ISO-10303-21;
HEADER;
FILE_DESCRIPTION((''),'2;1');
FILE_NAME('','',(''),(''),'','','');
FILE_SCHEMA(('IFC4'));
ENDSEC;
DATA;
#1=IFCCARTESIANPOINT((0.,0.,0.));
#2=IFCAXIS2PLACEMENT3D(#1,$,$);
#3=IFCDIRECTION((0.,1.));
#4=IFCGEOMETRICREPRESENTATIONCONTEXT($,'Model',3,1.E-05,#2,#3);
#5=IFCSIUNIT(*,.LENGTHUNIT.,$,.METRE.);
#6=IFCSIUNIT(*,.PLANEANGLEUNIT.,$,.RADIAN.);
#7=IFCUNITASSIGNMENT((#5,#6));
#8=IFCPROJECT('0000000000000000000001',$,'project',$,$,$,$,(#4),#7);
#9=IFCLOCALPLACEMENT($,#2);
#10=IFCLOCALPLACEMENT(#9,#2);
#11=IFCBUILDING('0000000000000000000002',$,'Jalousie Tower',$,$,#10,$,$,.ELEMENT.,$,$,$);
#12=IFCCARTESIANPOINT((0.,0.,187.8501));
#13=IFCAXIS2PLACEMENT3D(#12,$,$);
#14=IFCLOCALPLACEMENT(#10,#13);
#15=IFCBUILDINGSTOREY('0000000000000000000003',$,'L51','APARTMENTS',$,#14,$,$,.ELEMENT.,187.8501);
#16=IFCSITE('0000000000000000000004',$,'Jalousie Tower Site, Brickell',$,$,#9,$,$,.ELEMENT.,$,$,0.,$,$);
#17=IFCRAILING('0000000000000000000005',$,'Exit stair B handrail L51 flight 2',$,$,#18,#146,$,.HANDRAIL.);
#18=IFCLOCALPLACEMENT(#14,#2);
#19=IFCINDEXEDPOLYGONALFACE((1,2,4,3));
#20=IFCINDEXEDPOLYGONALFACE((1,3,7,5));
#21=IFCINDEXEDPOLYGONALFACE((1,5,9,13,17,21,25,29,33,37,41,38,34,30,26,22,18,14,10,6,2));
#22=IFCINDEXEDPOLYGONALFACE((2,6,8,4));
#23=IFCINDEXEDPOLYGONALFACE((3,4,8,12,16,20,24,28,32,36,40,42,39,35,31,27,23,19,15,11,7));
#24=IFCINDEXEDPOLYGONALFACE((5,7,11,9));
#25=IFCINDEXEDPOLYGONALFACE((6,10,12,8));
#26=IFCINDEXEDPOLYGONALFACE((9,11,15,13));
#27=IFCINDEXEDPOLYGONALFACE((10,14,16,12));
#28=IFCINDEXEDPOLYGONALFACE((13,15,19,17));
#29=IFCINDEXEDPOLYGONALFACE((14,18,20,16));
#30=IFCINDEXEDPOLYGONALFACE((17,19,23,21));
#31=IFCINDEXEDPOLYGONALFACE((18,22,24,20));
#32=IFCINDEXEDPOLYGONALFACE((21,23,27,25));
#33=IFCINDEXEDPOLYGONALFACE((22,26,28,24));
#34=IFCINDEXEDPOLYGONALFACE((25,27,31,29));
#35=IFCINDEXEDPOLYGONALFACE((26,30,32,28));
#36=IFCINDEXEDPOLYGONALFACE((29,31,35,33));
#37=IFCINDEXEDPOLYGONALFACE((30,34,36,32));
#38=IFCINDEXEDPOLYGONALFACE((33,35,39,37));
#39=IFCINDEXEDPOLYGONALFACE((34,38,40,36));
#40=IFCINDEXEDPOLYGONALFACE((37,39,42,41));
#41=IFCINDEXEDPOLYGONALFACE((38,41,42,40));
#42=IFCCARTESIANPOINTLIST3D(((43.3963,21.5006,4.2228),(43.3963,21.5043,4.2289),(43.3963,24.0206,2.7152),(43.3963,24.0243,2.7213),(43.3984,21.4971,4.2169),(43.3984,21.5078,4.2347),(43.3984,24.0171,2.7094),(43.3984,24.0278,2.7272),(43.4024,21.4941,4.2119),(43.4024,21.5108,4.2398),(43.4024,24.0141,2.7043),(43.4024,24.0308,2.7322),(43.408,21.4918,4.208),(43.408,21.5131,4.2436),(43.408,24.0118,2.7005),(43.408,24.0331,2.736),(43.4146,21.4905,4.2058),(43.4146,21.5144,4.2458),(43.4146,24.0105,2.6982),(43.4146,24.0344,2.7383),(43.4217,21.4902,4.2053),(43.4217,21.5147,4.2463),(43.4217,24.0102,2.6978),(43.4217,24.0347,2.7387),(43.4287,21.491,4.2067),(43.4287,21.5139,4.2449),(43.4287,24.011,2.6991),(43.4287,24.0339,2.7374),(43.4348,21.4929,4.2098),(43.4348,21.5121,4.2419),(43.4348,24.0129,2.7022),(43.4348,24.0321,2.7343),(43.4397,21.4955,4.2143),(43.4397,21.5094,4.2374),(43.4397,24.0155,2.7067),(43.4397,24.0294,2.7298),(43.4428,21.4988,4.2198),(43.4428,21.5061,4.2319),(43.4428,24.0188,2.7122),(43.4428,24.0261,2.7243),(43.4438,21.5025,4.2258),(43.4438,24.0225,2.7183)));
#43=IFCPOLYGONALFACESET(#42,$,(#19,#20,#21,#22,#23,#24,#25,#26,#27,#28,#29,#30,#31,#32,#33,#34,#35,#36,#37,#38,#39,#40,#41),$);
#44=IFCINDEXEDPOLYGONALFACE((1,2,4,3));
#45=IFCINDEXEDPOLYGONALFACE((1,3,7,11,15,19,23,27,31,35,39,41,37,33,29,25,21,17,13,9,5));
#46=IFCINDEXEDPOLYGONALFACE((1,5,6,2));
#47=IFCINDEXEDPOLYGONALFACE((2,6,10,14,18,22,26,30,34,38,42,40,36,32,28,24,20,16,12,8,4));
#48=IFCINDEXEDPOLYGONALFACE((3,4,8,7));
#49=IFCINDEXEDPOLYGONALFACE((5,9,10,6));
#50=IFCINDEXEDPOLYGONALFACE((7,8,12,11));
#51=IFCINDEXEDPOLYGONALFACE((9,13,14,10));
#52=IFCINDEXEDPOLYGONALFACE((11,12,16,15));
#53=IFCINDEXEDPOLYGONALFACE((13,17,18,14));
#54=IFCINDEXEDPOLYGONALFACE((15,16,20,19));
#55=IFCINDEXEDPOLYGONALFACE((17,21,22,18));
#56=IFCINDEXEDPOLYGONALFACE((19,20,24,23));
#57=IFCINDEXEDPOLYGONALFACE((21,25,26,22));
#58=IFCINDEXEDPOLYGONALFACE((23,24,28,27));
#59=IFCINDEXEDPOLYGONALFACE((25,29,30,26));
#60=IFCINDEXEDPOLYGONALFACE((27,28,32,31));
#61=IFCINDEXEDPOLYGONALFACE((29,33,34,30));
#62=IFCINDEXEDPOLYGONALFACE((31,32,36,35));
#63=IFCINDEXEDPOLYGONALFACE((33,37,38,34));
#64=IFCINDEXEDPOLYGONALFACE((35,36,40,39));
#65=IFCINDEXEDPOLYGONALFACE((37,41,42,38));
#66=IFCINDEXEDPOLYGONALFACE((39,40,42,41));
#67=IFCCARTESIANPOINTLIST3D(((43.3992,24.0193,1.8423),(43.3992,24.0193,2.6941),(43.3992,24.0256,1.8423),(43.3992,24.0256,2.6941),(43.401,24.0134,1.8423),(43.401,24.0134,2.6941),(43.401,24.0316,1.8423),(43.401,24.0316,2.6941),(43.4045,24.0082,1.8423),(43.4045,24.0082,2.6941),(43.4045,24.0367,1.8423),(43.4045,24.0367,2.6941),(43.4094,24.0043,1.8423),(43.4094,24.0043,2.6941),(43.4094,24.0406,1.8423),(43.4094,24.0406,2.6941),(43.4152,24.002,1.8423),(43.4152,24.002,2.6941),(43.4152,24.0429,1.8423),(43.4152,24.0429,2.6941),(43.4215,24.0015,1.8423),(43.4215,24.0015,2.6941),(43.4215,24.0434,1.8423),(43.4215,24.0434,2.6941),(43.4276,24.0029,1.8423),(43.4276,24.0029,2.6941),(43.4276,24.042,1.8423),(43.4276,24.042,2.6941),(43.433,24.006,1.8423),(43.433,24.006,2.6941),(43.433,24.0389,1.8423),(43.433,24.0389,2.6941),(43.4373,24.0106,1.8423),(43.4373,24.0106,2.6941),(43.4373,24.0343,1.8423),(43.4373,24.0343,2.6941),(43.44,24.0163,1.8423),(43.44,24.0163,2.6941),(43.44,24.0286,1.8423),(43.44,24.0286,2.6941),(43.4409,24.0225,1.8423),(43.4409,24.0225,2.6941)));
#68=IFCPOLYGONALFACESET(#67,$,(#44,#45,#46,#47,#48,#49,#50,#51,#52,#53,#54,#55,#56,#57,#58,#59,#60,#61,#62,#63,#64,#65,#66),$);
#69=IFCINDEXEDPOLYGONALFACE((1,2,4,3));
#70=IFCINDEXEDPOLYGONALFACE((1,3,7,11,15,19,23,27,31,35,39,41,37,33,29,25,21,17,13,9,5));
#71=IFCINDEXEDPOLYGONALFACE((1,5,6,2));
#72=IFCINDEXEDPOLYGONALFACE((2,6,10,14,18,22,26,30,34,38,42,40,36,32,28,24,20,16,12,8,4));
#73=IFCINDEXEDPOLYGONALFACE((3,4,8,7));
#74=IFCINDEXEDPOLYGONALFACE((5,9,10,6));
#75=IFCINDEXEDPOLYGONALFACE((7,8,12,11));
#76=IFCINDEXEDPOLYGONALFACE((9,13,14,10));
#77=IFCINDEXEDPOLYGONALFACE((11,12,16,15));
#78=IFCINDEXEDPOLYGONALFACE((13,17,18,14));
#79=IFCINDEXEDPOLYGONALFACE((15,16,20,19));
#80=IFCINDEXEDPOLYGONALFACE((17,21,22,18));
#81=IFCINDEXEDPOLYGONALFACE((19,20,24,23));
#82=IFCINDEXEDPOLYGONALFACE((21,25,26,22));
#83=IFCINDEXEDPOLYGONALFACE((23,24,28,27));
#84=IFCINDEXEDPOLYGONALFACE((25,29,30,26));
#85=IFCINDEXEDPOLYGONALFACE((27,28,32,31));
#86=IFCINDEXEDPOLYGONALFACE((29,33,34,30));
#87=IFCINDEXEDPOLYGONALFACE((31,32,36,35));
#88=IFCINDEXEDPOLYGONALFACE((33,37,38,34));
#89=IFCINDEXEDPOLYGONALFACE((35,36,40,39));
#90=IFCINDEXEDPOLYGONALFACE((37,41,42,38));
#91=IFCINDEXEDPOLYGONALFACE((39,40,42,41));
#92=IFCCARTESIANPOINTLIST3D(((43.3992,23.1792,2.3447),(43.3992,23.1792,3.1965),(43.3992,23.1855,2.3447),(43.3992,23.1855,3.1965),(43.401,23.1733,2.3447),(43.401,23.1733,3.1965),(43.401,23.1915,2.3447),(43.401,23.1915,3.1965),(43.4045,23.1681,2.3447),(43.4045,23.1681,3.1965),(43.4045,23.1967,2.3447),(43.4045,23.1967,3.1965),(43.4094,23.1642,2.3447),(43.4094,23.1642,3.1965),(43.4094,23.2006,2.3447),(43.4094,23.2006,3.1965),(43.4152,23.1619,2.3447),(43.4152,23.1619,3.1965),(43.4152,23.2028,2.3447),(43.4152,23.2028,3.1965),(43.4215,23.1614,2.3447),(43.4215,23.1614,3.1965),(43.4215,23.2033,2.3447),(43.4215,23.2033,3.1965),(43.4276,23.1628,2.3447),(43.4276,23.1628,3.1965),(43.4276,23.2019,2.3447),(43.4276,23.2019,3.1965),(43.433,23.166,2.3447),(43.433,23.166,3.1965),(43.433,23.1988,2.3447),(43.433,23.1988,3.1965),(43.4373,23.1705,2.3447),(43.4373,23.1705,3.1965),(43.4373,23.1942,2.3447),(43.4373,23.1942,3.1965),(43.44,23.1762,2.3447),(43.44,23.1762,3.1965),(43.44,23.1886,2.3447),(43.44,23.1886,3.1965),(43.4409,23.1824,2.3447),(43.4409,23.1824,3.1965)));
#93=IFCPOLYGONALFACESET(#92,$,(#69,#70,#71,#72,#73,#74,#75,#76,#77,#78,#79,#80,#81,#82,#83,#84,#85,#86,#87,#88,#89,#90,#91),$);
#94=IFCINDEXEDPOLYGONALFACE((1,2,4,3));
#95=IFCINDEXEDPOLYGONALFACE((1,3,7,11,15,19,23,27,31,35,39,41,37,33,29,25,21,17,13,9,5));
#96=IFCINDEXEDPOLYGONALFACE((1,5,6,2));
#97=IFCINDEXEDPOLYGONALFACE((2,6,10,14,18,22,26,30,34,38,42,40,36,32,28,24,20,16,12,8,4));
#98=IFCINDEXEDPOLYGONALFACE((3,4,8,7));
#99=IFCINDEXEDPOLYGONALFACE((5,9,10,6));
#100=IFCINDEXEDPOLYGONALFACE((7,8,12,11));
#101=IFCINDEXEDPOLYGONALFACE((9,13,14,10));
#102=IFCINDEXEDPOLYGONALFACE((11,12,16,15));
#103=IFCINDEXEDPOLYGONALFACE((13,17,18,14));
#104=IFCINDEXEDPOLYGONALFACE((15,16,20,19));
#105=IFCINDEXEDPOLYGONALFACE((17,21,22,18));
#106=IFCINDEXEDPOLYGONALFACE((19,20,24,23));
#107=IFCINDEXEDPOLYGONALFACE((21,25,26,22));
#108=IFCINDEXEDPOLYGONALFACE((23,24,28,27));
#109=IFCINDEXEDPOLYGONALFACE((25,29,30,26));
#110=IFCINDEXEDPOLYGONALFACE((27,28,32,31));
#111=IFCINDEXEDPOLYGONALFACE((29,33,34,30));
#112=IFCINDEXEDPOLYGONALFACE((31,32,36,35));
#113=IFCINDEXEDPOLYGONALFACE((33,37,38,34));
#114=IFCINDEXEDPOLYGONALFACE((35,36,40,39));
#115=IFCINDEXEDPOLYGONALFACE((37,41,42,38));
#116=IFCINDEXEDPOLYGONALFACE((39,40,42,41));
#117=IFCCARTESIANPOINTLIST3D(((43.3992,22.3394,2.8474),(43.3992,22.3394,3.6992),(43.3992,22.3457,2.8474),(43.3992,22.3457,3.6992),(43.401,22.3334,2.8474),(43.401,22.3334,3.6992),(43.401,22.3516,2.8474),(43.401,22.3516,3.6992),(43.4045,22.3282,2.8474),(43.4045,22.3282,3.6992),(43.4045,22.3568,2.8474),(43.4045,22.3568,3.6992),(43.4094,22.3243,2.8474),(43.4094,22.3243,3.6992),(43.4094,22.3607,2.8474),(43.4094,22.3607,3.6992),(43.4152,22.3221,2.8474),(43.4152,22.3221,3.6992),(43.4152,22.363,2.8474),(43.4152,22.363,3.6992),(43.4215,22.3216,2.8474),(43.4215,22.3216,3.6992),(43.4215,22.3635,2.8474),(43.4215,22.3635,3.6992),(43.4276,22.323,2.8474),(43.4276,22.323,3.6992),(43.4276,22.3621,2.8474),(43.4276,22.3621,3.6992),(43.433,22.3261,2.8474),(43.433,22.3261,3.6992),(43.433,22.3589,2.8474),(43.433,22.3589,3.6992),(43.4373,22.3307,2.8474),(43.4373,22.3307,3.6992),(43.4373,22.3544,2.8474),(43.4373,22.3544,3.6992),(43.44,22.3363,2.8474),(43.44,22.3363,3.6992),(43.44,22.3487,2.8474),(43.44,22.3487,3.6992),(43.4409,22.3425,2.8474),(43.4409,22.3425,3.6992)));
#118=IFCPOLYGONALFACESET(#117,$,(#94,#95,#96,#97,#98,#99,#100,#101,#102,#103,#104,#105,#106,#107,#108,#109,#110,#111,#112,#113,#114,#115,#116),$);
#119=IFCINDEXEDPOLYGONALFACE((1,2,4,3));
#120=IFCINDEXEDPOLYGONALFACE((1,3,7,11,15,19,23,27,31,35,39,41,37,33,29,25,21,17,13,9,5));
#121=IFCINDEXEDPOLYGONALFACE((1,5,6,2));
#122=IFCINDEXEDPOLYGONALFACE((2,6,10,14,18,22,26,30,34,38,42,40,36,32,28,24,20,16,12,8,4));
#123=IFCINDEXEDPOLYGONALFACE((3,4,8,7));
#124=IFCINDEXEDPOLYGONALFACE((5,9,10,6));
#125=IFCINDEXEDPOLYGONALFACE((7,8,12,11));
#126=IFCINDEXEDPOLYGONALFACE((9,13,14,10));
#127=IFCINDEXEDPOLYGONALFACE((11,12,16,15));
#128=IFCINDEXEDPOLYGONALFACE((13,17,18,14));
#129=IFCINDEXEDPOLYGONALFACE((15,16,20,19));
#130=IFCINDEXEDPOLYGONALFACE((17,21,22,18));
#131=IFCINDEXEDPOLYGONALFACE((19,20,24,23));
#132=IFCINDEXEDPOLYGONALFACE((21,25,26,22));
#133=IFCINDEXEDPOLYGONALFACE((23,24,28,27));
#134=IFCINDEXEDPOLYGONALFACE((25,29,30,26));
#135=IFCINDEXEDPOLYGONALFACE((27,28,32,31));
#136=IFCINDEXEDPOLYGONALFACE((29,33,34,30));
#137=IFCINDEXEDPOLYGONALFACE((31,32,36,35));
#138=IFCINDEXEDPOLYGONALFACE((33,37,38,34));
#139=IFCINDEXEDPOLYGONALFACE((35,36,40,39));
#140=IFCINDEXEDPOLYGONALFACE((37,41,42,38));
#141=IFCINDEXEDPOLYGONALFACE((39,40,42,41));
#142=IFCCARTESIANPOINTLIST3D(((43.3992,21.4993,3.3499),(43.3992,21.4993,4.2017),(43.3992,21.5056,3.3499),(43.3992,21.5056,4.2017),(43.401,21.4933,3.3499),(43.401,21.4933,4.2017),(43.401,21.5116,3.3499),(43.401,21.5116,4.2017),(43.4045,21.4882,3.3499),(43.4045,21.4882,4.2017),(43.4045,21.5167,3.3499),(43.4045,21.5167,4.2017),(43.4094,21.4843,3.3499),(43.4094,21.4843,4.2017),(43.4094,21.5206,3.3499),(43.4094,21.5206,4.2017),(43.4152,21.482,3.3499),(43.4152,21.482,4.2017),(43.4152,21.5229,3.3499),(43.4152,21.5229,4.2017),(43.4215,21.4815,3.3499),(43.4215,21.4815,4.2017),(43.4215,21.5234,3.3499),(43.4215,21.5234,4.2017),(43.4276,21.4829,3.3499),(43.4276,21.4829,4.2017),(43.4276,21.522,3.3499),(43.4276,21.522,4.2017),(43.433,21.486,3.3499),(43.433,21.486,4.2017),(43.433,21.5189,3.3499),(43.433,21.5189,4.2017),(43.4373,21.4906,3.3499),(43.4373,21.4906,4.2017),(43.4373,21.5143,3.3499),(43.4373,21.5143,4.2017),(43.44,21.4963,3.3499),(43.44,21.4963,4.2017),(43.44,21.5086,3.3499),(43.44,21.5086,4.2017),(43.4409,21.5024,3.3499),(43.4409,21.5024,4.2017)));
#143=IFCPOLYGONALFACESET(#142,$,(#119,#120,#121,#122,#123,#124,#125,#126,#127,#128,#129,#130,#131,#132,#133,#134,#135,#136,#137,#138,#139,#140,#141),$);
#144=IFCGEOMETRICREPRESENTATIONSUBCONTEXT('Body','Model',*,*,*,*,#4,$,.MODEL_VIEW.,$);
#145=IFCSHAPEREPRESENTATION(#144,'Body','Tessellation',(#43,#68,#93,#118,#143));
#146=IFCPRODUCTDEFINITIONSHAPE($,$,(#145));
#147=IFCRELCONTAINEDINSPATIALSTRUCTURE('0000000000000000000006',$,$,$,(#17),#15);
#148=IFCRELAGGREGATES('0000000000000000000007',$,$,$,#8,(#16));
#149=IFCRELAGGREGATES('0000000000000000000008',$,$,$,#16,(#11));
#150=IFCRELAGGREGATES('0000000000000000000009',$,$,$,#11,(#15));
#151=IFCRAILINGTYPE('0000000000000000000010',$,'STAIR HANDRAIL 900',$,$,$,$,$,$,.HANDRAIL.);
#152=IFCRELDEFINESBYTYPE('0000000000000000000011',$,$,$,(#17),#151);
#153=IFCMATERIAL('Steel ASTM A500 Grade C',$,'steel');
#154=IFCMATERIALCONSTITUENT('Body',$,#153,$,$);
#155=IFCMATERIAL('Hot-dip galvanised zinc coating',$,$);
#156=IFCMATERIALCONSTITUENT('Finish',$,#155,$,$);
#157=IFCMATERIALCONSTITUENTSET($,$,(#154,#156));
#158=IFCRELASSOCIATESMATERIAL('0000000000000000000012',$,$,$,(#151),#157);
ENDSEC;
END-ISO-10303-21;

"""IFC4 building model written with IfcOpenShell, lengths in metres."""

from ifc_helpers import new_model, si_unit, direction, frame, origin, origin_2d, place, context, subcontext, project, spatial, circle, extrude, material, constituent, constituent_set, type_object, element, save


model = new_model("IFC4")

# Units and contexts
model_context = context("Model", 3, precision=1e-05, world=origin(), true_north=direction((0.0, 1.0)))
body_context = subcontext(model_context, "Body", "Model", "MODEL_VIEW")
ifc_project = project(units=[si_unit("LENGTHUNIT", "METRE"), si_unit("PLANEANGLEUNIT", "RADIAN")], contexts=[model_context])

# Site, building, storey
site_placement = place(None, origin())
site = spatial("IfcSite", under=ifc_project, at=site_placement, Name="Jalousie Tower Site, Brickell", CompositionType="ELEMENT", RefElevation=0.0)
building_placement = place(site_placement, origin())
building = spatial("IfcBuilding", under=site, at=building_placement, Name="Jalousie Tower", CompositionType="ELEMENT")
storey_placement = place(building_placement, frame((0.0, 0.0, 187.8501)))
storey = spatial("IfcBuildingStorey", under=building, at=storey_placement, Name="L51", Description="APARTMENTS", CompositionType="ELEMENT", Elevation=187.8501)

# Railing
ifc_material_1 = material(Name="Steel ASTM A500 Grade C", Category="steel")
ifc_constituent_1 = constituent(ifc_material_1, Name="Body")
ifc_material_2 = material(Name="Hot-dip galvanised zinc coating")
ifc_constituent_2 = constituent(ifc_material_2, Name="Finish")
ifc_constituent_set_1 = constituent_set(constituents=[ifc_constituent_1, ifc_constituent_2])
railing_type_1 = type_object("IfcRailingType", Name="STAIR HANDRAIL 900", PredefinedType="HANDRAIL", material=ifc_constituent_set_1)
railing_1_placement = place(storey_placement, frame((43.4199, 24.0225, 1.8423)))
element("IfcRailing", 1, at=railing_1_placement, inside=storey, type_object=railing_type_1, Name="Exit stair B handrail L51 flight 2", PredefinedType="HANDRAIL", context=body_context, shape_type="SweptSolid", body=[
    extrude(circle(Radius=0.0239, at=origin_2d()), frame((0.0, 0.0, 0.876), z_axis=(0.0, -0.85816, 0.513383), x_axis=(1.0, 0.0, 0.0)), (0.0, 0.0, 1.0), 2.9365),
    extrude(circle(Radius=0.021, at=origin_2d()), origin(), (0.0, 0.0, 1.0), 0.8518),
    extrude(circle(Radius=0.021, at=origin_2d()), frame((0.0, -0.8401, 0.5024)), (0.0, 0.0, 1.0), 0.8518),
    extrude(circle(Radius=0.021, at=origin_2d()), frame((0.0, -1.6799, 1.0051)), (0.0, 0.0, 1.0), 0.8518),
    extrude(circle(Radius=0.021, at=origin_2d()), frame((0.0, -2.52, 1.5076)), (0.0, 0.0, 1.0), 0.8518),
])

save(model, "model.ifc")
